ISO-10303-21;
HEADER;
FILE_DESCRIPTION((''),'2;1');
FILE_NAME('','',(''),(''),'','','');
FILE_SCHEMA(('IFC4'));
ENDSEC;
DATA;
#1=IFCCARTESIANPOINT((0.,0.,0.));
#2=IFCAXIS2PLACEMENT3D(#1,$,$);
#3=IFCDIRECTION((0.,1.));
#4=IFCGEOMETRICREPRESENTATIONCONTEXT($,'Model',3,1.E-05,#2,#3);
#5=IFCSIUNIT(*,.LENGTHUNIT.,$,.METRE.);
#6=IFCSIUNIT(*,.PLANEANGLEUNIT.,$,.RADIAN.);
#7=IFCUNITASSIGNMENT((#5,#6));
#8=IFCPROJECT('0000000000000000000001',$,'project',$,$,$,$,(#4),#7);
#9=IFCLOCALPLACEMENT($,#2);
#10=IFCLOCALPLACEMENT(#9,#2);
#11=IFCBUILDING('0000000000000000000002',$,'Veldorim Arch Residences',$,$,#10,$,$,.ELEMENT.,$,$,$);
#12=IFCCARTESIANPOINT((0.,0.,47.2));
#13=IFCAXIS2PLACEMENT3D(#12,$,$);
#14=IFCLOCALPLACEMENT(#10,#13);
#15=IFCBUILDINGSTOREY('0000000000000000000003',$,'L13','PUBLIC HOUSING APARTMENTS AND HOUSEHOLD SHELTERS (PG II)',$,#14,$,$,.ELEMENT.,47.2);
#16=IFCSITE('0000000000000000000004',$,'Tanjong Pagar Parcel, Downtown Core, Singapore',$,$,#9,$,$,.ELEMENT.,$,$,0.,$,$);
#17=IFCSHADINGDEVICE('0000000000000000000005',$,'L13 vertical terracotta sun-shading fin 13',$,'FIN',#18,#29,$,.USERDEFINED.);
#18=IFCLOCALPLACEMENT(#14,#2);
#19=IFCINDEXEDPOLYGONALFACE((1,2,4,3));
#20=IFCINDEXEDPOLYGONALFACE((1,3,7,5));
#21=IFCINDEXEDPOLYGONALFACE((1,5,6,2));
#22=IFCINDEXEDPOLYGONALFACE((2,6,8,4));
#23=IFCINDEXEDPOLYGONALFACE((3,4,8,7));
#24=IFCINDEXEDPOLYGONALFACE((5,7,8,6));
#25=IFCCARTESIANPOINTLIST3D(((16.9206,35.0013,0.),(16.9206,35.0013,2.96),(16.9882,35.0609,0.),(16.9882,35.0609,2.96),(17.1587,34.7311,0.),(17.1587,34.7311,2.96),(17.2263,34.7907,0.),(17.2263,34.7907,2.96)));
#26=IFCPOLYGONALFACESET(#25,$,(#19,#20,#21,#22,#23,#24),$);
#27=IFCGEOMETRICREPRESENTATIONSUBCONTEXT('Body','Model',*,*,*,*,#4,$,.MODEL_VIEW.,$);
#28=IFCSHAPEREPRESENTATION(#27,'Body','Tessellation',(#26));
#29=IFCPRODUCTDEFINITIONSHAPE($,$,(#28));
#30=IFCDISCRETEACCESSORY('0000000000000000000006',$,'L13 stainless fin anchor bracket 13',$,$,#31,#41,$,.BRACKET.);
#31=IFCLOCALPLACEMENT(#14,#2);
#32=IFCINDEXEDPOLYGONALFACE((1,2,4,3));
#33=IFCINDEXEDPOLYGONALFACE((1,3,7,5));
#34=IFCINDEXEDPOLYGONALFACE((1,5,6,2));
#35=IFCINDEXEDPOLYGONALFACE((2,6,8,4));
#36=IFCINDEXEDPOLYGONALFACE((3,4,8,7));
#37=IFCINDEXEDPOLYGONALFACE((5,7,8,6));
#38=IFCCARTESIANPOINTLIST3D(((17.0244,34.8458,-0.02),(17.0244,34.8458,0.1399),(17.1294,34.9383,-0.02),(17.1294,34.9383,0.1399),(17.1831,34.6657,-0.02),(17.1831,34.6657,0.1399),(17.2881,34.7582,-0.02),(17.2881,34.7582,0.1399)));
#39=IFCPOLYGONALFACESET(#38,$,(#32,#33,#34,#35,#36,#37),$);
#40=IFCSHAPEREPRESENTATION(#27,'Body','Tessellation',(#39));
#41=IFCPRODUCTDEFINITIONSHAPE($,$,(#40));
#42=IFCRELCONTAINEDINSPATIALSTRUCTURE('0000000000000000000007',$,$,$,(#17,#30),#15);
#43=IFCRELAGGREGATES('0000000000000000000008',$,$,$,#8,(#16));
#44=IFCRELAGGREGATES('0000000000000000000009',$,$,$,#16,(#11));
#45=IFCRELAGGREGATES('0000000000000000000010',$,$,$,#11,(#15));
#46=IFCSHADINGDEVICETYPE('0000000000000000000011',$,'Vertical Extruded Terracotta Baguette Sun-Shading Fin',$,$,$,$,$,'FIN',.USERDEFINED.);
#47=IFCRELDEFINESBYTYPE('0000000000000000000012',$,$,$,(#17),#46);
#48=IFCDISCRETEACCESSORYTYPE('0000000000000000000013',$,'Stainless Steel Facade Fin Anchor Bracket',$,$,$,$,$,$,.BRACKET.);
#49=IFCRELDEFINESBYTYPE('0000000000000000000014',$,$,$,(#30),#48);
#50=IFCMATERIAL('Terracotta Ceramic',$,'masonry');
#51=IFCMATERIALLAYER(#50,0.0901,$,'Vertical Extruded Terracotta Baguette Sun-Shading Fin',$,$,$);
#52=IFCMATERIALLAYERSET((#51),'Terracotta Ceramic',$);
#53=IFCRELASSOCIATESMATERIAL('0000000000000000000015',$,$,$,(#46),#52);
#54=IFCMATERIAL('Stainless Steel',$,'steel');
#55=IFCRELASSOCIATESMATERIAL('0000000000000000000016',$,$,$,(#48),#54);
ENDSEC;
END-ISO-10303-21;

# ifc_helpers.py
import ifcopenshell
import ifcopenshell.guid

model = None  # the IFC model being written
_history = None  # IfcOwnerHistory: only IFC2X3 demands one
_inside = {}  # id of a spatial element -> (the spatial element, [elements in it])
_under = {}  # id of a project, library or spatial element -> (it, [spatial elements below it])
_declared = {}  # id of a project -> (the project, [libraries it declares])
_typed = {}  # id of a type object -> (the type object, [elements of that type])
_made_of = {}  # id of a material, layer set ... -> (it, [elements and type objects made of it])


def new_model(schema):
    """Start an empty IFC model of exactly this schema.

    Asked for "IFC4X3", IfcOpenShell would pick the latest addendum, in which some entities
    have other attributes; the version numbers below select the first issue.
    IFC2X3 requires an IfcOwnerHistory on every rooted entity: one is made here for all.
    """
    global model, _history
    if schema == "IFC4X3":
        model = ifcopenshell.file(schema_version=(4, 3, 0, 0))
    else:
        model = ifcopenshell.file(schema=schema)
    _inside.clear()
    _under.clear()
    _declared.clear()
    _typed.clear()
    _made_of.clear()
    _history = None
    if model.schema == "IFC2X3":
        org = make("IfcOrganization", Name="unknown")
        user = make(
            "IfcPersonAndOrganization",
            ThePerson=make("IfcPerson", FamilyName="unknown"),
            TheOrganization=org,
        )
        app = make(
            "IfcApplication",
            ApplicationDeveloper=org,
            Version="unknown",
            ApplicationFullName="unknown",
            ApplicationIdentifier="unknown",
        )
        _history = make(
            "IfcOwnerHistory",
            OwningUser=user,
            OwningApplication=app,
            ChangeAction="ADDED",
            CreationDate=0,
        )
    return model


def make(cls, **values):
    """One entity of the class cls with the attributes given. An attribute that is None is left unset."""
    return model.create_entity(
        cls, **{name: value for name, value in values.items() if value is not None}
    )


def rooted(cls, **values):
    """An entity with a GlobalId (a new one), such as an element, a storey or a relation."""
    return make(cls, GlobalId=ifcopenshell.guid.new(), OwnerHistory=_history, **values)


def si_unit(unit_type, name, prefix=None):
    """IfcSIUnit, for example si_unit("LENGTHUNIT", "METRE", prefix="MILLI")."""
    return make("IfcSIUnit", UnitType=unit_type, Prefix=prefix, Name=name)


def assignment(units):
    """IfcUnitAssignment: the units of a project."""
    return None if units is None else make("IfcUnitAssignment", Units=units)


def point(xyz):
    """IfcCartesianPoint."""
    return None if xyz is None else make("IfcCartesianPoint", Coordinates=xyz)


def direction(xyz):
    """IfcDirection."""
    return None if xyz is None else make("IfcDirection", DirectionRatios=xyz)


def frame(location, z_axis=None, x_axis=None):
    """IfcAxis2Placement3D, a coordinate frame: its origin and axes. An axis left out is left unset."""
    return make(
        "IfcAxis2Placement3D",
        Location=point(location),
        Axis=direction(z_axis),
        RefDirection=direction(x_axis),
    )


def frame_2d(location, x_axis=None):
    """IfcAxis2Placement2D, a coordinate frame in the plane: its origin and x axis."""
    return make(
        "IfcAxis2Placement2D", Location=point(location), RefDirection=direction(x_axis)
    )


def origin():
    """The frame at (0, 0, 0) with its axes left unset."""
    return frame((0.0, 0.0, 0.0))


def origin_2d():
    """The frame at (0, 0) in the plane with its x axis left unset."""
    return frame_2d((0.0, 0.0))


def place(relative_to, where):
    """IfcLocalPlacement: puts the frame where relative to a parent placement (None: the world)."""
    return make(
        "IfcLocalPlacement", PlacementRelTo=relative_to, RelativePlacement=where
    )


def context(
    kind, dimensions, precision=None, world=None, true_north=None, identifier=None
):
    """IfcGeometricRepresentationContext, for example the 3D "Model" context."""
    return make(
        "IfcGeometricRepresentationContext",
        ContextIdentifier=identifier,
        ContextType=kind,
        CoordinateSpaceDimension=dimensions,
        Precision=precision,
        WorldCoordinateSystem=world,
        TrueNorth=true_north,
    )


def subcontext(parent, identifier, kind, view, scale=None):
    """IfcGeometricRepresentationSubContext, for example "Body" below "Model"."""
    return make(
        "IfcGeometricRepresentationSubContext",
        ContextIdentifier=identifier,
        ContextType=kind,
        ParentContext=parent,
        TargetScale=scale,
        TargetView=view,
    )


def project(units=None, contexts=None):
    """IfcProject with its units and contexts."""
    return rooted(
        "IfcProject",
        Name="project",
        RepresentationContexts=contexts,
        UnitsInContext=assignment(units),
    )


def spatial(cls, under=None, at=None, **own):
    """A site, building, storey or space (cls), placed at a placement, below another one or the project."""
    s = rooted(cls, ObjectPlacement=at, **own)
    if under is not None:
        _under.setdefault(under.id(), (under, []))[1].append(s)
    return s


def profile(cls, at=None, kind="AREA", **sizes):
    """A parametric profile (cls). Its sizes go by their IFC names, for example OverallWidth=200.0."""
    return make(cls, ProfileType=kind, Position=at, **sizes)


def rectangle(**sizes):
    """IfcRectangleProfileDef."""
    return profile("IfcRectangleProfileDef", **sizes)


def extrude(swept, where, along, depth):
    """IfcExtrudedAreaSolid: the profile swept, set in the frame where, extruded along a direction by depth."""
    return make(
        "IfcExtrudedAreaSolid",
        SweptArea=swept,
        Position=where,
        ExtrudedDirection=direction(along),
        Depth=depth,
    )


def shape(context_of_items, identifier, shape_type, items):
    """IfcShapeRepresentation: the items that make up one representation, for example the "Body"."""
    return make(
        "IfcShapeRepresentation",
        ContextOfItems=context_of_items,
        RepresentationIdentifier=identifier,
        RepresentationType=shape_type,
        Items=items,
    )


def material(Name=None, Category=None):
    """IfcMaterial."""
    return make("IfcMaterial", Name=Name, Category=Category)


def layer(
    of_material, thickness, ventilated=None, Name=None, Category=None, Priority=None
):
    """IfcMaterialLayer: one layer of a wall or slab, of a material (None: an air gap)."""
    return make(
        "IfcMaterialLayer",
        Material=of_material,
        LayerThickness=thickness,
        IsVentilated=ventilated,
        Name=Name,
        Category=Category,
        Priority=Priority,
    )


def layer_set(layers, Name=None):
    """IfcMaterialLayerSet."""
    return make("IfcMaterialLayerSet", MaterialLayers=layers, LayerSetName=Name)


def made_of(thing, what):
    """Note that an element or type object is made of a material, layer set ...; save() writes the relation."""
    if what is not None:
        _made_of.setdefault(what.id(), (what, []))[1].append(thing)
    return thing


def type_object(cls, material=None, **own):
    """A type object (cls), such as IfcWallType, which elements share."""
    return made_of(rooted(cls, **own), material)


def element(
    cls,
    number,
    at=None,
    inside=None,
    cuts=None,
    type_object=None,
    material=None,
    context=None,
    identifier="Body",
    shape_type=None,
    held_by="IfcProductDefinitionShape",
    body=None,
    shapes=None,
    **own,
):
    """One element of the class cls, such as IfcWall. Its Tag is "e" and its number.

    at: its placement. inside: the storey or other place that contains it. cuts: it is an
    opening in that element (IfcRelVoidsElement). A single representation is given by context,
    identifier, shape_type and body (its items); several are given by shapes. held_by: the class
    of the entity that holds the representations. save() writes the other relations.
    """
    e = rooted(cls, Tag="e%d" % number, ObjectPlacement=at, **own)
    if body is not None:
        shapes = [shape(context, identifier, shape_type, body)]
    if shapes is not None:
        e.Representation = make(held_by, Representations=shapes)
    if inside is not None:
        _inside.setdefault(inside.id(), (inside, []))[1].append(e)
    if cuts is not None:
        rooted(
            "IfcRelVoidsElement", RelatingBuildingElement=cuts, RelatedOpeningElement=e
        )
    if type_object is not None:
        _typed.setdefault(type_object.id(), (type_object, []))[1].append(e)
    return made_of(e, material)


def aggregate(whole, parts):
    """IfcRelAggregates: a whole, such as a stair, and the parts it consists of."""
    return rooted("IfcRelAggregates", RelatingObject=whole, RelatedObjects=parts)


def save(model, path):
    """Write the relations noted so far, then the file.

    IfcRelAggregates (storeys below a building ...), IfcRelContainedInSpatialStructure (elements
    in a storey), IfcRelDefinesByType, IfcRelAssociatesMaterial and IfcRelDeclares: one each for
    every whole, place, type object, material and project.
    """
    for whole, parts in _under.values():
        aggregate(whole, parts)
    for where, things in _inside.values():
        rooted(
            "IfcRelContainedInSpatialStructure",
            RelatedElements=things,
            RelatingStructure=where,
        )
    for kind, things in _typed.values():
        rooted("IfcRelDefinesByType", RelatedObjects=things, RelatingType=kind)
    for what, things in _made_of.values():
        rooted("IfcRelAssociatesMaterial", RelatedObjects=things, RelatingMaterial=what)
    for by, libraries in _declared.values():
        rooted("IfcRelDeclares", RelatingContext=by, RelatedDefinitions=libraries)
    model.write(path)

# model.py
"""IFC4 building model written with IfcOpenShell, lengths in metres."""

from ifc_helpers import new_model, si_unit, direction, frame, origin, origin_2d, place, context, subcontext, project, spatial, rectangle, extrude, material, layer, layer_set, type_object, element, save


model = new_model("IFC4")

# Units and contexts
model_context = context("Model", 3, precision=1e-05, world=origin(), true_north=direction((0.0, 1.0)))
body_context = subcontext(model_context, "Body", "Model", "MODEL_VIEW")
ifc_project = project(units=[si_unit("LENGTHUNIT", "METRE"), si_unit("PLANEANGLEUNIT", "RADIAN")], contexts=[model_context])

# Site, building, storey
site_placement = place(None, origin())
site = spatial("IfcSite", under=ifc_project, at=site_placement, Name="Tanjong Pagar Parcel, Downtown Core, Singapore", CompositionType="ELEMENT", RefElevation=0.0)
building_placement = place(site_placement, origin())
building = spatial("IfcBuilding", under=site, at=building_placement, Name="Veldorim Arch Residences", CompositionType="ELEMENT")
storey_placement = place(building_placement, frame((0.0, 0.0, 47.2)))
storey = spatial("IfcBuildingStorey", under=building, at=storey_placement, Name="L13", Description="PUBLIC HOUSING APARTMENTS AND HOUSEHOLD SHELTERS (PG II)", CompositionType="ELEMENT", Elevation=47.2)

# Shading device
ifc_material_1 = material(Name="Terracotta Ceramic", Category="masonry")
ifc_layer_1 = layer(ifc_material_1, 0.0901, Name="Vertical Extruded Terracotta Baguette Sun-Shading Fin")
ifc_layer_set_1 = layer_set([ifc_layer_1], Name="Terracotta Ceramic")
shading_device_type = type_object("IfcShadingDeviceType", Name="Vertical Extruded Terracotta Baguette Sun-Shading Fin", ElementType="FIN", PredefinedType="USERDEFINED", material=ifc_layer_set_1)
shading_device_placement = place(storey_placement, frame((17.0735, 34.896, 0.0), z_axis=(0.0, 0.0, 1.0), x_axis=(0.750226, 0.661181, 0.0)))
element("IfcShadingDevice", 1, at=shading_device_placement, inside=storey, type_object=shading_device_type, Name="L13 vertical terracotta sun-shading fin 13", ObjectType="FIN", PredefinedType="USERDEFINED", context=body_context, shape_type="SweptSolid", body=[
    extrude(rectangle(XDim=0.0901, YDim=0.3601, at=origin_2d()), origin(), (0.0, 0.0, 1.0), 2.96),
])

# Discrete accessory
ifc_material_2 = material(Name="Stainless Steel", Category="steel")
discrete_accessory_type = type_object("IfcDiscreteAccessoryType", Name="Stainless Steel Facade Fin Anchor Bracket", PredefinedType="BRACKET", material=ifc_material_2)
discrete_accessory_placement = place(storey_placement, frame((17.1562, 34.802, -0.02), z_axis=(0.0, 0.0, 1.0), x_axis=(0.750226, 0.661181, 0.0)))
element("IfcDiscreteAccessory", 2, at=discrete_accessory_placement, inside=storey, type_object=discrete_accessory_type, Name="L13 stainless fin anchor bracket 13", PredefinedType="BRACKET", context=body_context, shape_type="SweptSolid", body=[
    extrude(rectangle(XDim=0.1399, YDim=0.24, at=origin_2d()), origin(), (0.0, 0.0, 1.0), 0.1599),
])

save(model, "model.ifc")
